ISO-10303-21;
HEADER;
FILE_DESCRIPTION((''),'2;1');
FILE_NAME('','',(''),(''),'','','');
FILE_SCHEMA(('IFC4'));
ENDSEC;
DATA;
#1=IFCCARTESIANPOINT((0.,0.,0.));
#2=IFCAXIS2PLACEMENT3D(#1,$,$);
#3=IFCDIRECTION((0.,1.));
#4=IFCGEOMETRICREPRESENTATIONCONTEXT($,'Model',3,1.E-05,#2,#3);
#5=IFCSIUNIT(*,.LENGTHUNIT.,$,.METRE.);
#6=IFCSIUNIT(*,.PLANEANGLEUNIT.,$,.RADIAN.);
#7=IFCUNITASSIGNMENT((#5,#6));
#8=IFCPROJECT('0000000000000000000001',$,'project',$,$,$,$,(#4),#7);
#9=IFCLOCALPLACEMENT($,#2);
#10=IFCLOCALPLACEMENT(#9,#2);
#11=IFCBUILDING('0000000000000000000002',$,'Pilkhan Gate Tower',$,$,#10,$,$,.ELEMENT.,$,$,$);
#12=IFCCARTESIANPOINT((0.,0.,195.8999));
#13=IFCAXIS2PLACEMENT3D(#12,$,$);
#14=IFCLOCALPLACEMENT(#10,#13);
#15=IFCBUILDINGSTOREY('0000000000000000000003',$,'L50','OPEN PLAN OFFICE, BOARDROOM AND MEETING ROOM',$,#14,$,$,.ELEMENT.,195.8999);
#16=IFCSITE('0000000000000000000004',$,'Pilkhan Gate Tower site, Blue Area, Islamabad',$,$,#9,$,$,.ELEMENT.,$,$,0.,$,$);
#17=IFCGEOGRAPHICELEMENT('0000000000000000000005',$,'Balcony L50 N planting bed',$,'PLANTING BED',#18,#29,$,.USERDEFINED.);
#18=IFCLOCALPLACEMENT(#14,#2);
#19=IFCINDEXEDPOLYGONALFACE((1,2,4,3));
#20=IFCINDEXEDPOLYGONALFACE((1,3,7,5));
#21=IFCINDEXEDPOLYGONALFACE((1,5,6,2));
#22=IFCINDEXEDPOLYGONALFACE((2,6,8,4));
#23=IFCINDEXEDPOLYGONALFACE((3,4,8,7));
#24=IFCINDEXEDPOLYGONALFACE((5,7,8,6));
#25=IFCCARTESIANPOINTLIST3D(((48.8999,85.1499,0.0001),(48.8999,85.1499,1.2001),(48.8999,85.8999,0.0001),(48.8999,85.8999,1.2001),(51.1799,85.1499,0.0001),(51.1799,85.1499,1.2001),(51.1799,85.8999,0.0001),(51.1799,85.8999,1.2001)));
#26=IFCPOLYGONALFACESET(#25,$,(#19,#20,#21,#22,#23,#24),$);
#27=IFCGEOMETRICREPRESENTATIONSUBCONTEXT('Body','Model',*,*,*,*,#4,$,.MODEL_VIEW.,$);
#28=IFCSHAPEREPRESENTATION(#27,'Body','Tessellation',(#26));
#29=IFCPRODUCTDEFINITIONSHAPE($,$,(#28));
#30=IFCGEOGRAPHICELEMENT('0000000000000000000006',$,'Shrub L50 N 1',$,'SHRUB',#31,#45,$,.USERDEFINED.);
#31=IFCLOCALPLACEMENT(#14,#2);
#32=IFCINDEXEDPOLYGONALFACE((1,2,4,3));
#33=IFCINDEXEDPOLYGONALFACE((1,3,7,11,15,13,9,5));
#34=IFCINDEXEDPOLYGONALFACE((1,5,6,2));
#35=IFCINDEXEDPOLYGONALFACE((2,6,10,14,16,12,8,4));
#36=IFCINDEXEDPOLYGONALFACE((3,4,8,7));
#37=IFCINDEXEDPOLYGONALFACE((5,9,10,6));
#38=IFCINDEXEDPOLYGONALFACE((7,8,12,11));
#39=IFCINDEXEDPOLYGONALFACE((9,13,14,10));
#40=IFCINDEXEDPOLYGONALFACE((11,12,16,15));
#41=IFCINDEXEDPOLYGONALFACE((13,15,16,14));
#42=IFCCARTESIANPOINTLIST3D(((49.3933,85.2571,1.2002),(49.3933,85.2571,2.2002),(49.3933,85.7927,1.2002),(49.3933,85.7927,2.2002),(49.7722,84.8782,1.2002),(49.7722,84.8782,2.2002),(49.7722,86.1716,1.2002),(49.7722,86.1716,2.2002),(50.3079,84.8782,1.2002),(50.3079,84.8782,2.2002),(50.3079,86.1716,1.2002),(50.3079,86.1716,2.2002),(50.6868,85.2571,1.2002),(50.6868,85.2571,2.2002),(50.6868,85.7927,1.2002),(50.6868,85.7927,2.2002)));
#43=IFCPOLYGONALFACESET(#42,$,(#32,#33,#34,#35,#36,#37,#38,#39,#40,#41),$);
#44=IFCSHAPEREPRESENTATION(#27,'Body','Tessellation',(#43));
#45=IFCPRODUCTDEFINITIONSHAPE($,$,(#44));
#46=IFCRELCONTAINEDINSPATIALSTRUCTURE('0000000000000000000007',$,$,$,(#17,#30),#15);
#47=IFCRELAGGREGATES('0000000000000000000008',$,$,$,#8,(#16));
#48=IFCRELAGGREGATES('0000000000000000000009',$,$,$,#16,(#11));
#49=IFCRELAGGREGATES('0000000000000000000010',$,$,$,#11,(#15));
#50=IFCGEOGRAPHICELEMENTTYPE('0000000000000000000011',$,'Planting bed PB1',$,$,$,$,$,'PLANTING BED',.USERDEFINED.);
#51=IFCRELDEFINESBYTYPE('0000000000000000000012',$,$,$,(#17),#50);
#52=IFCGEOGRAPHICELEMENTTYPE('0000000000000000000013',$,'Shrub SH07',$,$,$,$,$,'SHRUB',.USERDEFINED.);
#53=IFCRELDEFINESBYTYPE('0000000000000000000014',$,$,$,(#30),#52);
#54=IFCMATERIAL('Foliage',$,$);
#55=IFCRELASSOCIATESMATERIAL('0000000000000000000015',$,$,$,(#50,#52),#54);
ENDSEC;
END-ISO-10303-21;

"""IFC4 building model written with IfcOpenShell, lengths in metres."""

from ifc_helpers import new_model, si_unit, direction, frame, origin, origin_2d, place, context, subcontext, project, spatial, polyline, rectangle, outline, extrude, material, material_profile, profile_set, type_object, element, save


model = new_model("IFC4")

# Units and contexts
model_context = context("Model", 3, precision=1e-05, world=origin(), true_north=direction((0.0, 1.0)))
body_context = subcontext(model_context, "Body", "Model", "MODEL_VIEW")
ifc_project = project(units=[si_unit("LENGTHUNIT", "METRE"), si_unit("PLANEANGLEUNIT", "RADIAN")], contexts=[model_context])

# Site, building, storey
site_placement = place(None, origin())
site = spatial("IfcSite", under=ifc_project, at=site_placement, Name="Pilkhan Gate Tower site, Blue Area, Islamabad", CompositionType="ELEMENT", RefElevation=0.0)
building_placement = place(site_placement, origin())
building = spatial("IfcBuilding", under=site, at=building_placement, Name="Pilkhan Gate Tower", CompositionType="ELEMENT")
storey_placement = place(building_placement, frame((0.0, 0.0, 195.8999)))
storey = spatial("IfcBuildingStorey", under=building, at=storey_placement, Name="L50", Description="OPEN PLAN OFFICE, BOARDROOM AND MEETING ROOM", CompositionType="ELEMENT", Elevation=195.8999)

# Geographic elements
ifc_material_1 = material(Name="Foliage")
ifc_material_profile_1 = material_profile(ifc_material_1, rectangle(XDim=0.75, YDim=1.2, at=origin_2d()), Name="Bed 750x1200")
ifc_profile_set_1 = profile_set([ifc_material_profile_1], Name="Foliage")
geographic_element_type_1 = type_object("IfcGeographicElementType", Name="Planting bed PB1", ElementType="PLANTING BED", PredefinedType="USERDEFINED", material=ifc_profile_set_1)
geographic_element_1_placement = place(storey_placement, frame((48.8999, 85.5249, 0.6001), z_axis=(1.0, 0.0, 0.0), x_axis=(0.0, 1.0, 0.0)))
element("IfcGeographicElement", 1, at=geographic_element_1_placement, inside=storey, type_object=geographic_element_type_1, Name="Balcony L50 N planting bed", ObjectType="PLANTING BED", PredefinedType="USERDEFINED", context=body_context, shape_type="SweptSolid", body=[
    extrude(rectangle(XDim=0.75, YDim=1.2, at=origin_2d()), origin(), (0.0, 0.0, 1.0), 2.28),
])
ifc_material_profile_2 = material_profile(ifc_material_1, outline(polyline([(0.6467, 0.2678), (0.2678, 0.6467), (-0.2678, 0.6467), (-0.6467, 0.2678), (-0.6467, -0.2678), (-0.2678, -0.6467), (0.2678, -0.6467), (0.6467, -0.2678), (0.6467, 0.2678)])), Name="Shrub D1.4")
ifc_profile_set_2 = profile_set([ifc_material_profile_2], Name="Foliage")
geographic_element_type_2 = type_object("IfcGeographicElementType", Name="Shrub SH07", ElementType="SHRUB", PredefinedType="USERDEFINED", material=ifc_profile_set_2)
geographic_element_2_placement = place(storey_placement, frame((50.04, 85.5249, 1.2002), z_axis=(0.0, 0.0, 1.0), x_axis=(1.0, 0.0, 0.0)))
element("IfcGeographicElement", 2, at=geographic_element_2_placement, inside=storey, type_object=geographic_element_type_2, Name="Shrub L50 N 1", ObjectType="SHRUB", PredefinedType="USERDEFINED", context=body_context, shape_type="SweptSolid", body=[
    extrude(outline(polyline([(0.6467, 0.2678), (0.2678, 0.6467), (-0.2678, 0.6467), (-0.6467, 0.2678), (-0.6467, -0.2678), (-0.2678, -0.6467), (0.2678, -0.6467), (0.6467, -0.2678), (0.6467, 0.2678)])), origin(), (0.0, 0.0, 1.0), 1.0),
])

save(model, "model.ifc")
